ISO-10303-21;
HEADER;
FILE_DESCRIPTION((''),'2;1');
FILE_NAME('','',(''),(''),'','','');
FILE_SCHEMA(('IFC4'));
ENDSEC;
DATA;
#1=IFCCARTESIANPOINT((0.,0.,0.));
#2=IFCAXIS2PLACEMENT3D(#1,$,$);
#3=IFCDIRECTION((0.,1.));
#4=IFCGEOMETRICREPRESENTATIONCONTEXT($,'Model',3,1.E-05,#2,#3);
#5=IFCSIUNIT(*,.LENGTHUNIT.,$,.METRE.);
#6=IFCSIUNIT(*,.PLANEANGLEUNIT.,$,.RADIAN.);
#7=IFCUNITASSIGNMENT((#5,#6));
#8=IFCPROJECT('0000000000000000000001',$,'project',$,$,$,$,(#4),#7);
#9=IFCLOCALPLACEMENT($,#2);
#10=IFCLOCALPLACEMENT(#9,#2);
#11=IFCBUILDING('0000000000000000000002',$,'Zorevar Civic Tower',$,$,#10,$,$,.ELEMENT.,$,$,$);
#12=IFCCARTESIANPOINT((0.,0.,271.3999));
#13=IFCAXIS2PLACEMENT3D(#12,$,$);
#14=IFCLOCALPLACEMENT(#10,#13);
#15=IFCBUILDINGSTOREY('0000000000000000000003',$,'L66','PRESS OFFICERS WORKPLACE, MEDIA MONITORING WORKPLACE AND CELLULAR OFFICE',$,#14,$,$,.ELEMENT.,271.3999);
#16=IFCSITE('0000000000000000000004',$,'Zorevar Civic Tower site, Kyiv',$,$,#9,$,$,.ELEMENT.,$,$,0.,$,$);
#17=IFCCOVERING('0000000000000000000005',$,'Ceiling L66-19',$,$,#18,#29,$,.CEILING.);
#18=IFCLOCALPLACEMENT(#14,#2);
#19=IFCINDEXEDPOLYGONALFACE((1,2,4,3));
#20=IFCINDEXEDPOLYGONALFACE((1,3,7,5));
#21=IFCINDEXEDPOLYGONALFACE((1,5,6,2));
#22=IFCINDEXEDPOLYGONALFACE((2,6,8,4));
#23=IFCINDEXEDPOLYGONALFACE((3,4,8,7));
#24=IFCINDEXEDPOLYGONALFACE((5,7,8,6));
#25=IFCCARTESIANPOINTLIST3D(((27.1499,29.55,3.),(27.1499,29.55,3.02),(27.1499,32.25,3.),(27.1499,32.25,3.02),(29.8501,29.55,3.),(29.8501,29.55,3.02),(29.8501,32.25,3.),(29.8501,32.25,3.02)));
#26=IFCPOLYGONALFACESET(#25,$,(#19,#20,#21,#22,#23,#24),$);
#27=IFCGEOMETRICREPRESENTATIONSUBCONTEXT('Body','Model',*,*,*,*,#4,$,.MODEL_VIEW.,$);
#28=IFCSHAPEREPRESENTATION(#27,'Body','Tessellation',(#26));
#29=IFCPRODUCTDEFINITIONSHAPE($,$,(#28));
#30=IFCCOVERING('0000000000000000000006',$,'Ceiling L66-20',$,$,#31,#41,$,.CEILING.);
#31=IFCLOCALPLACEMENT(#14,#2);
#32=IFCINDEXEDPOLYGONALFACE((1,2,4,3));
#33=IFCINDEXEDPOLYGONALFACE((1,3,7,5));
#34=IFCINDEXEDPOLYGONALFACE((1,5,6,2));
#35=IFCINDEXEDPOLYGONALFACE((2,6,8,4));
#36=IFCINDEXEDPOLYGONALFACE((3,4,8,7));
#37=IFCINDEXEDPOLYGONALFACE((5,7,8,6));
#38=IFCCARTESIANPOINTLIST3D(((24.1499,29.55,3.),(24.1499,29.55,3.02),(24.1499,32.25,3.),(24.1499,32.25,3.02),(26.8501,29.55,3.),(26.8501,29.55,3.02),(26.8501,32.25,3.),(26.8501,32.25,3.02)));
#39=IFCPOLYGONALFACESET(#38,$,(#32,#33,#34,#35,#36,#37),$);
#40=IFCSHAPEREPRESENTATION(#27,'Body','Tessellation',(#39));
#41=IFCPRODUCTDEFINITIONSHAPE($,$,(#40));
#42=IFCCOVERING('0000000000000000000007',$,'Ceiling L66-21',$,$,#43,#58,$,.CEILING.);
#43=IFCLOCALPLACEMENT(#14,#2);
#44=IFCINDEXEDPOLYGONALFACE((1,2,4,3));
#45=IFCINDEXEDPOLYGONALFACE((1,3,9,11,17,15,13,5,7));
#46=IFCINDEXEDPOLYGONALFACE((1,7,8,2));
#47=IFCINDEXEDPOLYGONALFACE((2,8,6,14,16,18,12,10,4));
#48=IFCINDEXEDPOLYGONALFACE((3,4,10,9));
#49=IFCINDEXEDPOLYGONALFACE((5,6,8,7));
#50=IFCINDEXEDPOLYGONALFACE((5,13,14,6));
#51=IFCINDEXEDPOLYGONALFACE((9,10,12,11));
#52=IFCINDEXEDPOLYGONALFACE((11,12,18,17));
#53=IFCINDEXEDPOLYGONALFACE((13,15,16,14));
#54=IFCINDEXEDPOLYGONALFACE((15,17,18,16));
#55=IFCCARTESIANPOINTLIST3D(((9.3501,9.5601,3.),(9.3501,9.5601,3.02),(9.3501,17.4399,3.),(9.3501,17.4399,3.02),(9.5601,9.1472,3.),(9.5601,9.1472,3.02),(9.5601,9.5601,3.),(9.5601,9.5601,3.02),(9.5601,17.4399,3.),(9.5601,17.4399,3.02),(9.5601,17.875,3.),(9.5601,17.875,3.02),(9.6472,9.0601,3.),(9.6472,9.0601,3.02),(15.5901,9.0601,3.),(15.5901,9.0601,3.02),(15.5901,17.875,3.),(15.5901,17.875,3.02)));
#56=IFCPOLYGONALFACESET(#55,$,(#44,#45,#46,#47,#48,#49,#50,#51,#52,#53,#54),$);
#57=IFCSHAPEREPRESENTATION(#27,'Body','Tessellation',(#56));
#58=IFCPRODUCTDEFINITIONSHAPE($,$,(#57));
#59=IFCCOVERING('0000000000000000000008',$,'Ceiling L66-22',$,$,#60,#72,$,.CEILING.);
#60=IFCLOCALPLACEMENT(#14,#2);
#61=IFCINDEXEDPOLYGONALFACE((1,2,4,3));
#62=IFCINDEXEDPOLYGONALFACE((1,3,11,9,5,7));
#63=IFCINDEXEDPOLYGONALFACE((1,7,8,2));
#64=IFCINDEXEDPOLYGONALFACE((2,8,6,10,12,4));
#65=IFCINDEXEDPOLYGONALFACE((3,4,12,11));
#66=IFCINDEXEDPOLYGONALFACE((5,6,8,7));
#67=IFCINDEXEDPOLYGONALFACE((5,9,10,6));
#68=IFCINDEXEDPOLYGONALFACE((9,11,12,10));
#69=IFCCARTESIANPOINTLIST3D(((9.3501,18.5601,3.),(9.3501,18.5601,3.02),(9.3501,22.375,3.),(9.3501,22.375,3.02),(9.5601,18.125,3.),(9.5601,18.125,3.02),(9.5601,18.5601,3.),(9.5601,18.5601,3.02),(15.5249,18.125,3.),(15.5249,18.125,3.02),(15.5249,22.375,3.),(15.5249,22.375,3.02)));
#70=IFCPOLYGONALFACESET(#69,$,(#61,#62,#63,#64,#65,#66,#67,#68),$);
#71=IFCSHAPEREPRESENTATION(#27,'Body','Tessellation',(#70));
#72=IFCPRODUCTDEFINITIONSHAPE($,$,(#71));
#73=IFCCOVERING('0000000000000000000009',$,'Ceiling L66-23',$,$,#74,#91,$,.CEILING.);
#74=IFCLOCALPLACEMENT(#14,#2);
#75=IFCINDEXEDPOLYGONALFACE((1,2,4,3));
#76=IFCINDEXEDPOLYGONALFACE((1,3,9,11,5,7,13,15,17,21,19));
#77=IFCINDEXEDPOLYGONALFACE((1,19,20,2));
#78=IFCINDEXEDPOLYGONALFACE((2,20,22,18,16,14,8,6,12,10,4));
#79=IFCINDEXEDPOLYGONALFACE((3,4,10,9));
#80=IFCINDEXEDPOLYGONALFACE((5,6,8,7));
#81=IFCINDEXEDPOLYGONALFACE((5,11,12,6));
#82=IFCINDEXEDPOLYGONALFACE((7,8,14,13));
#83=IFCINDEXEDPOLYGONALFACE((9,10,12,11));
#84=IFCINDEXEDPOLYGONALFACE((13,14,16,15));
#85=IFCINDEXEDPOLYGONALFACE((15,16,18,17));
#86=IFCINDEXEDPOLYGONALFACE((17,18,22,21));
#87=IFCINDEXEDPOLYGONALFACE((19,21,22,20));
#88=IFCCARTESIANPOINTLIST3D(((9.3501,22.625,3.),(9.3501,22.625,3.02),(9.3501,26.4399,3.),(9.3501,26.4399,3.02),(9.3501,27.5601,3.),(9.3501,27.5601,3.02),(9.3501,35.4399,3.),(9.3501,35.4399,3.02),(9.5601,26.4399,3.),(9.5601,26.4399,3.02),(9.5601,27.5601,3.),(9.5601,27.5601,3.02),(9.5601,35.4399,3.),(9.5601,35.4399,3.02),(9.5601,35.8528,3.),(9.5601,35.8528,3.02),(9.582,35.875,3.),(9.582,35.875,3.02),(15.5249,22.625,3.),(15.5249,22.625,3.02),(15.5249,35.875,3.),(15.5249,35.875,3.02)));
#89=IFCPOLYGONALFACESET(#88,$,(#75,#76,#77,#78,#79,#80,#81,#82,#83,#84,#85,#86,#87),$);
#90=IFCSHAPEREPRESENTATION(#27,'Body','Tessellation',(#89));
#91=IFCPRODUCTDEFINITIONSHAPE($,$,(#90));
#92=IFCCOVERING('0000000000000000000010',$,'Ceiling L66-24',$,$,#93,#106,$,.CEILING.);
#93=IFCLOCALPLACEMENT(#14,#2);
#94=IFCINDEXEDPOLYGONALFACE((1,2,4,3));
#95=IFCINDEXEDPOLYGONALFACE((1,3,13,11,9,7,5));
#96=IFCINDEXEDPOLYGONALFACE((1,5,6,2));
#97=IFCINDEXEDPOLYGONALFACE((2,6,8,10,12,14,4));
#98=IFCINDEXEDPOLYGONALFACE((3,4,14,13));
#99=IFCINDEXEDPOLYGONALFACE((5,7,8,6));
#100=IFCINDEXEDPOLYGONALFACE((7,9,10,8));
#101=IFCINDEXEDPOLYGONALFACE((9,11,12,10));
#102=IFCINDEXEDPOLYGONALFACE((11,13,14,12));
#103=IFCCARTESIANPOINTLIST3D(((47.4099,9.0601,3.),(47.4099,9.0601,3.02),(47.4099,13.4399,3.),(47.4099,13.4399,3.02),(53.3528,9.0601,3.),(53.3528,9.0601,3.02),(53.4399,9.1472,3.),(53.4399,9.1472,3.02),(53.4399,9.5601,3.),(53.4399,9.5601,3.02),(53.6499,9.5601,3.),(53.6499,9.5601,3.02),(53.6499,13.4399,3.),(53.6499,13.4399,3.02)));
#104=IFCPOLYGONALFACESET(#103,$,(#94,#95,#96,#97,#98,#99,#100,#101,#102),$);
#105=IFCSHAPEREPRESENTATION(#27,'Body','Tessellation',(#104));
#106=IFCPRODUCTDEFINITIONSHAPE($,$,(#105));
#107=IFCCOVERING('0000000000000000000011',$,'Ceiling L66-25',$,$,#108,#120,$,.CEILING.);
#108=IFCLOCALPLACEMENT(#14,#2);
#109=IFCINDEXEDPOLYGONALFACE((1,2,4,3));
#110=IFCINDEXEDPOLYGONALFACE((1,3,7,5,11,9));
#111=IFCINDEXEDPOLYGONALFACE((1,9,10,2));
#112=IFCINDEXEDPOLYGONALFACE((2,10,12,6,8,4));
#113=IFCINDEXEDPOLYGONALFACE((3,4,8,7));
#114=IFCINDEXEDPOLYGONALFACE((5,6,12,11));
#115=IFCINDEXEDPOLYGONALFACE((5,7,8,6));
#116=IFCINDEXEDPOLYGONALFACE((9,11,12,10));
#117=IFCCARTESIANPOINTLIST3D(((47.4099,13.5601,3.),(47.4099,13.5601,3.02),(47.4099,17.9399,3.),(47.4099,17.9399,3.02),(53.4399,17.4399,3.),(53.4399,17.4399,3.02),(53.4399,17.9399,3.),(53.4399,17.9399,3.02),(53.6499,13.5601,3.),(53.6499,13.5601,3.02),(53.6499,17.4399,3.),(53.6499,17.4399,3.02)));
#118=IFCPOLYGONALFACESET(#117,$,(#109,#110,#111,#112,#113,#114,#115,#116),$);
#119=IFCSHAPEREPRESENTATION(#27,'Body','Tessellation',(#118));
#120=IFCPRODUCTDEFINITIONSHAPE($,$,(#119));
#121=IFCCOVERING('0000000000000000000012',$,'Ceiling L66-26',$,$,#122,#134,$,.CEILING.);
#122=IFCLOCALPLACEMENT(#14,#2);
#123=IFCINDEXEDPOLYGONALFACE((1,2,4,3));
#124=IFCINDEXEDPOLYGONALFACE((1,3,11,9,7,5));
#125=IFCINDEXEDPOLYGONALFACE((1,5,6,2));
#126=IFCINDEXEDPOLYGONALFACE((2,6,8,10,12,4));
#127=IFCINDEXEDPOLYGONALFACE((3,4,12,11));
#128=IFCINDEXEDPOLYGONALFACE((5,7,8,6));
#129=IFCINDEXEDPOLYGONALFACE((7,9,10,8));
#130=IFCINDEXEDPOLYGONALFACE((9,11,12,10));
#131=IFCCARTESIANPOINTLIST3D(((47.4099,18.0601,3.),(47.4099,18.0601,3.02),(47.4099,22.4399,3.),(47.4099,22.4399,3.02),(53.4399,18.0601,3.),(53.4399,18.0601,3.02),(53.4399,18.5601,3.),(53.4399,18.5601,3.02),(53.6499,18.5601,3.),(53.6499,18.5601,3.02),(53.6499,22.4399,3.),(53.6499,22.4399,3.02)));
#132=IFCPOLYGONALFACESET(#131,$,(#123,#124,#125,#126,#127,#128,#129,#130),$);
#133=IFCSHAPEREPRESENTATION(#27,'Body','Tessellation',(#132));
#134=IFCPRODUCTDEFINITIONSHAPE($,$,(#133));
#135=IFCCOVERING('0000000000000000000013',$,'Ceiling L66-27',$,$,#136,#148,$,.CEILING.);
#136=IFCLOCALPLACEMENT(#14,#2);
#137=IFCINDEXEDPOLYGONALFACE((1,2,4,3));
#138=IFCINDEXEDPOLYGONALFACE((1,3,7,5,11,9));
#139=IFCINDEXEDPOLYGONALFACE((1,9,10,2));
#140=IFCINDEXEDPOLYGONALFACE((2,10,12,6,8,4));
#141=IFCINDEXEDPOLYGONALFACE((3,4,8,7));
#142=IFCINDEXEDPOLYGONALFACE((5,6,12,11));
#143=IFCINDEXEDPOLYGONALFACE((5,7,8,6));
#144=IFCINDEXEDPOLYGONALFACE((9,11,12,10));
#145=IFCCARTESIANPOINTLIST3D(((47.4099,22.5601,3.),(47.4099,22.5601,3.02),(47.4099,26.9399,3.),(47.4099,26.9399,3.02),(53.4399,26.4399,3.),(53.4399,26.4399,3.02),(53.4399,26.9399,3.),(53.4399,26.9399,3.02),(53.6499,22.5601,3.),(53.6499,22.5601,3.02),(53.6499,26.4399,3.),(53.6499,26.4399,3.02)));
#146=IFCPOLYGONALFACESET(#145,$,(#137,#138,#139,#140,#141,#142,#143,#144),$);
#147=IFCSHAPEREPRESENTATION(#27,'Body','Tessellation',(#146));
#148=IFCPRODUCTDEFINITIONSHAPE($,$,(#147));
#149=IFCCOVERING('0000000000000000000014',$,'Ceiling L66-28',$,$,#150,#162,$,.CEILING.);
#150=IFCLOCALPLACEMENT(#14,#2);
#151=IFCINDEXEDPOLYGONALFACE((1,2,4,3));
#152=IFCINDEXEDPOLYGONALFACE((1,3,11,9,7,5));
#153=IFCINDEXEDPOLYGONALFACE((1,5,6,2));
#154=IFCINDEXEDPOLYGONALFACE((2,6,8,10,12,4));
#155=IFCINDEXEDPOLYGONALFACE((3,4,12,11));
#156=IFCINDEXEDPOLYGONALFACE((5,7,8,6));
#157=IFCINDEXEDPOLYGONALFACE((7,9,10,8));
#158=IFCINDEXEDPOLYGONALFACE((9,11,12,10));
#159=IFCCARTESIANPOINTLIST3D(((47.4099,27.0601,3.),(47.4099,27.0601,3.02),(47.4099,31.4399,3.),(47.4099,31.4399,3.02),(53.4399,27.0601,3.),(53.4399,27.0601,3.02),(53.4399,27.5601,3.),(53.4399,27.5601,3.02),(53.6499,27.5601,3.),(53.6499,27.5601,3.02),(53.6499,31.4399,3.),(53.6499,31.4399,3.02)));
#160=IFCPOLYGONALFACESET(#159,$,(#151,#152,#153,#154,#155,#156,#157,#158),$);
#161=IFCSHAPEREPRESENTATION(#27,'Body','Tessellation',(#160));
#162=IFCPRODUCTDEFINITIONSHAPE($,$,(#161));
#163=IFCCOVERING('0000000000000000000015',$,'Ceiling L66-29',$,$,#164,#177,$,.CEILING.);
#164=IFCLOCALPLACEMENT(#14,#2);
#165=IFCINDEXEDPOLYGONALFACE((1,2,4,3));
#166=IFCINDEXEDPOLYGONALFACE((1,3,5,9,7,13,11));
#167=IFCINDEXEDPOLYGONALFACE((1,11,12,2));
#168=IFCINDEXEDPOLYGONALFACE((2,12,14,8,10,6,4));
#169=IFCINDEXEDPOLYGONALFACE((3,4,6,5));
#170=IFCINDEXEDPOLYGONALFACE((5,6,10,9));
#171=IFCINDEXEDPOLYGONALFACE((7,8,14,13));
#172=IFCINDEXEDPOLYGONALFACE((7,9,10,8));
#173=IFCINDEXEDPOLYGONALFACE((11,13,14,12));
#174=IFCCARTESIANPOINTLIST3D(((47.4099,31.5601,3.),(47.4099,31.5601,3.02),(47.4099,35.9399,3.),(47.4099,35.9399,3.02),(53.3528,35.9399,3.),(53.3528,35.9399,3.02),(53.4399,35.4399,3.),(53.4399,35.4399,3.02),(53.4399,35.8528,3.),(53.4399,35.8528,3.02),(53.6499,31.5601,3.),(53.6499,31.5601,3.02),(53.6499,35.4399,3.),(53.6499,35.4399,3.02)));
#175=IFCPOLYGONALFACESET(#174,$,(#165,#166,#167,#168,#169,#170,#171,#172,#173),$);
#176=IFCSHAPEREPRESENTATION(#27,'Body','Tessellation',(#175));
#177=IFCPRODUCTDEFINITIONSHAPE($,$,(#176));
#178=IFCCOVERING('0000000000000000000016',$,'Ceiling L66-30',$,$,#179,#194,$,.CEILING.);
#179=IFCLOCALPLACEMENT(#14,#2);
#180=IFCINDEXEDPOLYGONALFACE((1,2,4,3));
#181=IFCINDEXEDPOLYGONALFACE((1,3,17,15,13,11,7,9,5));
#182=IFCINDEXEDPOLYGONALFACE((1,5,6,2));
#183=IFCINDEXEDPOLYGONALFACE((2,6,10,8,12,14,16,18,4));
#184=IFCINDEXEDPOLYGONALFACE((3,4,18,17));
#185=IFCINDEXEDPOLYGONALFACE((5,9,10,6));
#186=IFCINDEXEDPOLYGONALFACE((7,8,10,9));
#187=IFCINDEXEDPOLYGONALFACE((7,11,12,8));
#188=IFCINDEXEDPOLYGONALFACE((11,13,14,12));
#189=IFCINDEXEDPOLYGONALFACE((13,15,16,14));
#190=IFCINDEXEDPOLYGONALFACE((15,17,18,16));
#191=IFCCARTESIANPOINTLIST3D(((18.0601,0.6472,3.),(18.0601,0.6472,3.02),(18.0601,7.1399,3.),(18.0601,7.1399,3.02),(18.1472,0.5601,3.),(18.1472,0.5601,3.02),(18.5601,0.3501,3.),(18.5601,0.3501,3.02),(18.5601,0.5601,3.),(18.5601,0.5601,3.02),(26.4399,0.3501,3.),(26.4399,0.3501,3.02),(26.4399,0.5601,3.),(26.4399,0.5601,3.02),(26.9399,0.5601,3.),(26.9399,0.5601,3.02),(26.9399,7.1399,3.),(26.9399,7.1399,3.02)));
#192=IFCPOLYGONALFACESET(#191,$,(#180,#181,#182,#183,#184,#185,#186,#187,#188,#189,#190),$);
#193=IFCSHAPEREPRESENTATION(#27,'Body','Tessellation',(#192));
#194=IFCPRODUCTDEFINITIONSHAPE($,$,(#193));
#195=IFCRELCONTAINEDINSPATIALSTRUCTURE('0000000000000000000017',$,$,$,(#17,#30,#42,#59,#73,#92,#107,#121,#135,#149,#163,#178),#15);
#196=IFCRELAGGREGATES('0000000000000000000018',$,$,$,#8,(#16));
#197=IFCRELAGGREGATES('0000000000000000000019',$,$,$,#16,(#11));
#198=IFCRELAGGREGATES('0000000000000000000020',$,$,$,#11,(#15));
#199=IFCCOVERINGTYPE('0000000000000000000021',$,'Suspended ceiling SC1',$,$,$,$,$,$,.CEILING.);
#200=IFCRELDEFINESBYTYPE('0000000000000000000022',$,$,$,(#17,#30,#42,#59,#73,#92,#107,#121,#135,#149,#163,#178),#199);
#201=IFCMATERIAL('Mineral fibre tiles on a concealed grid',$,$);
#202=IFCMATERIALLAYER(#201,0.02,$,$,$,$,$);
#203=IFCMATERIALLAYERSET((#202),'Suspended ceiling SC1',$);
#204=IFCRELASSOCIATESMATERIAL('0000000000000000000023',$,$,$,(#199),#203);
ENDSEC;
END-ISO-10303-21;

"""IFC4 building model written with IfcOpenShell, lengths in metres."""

from ifc_helpers import new_model, si_unit, direction, frame, origin, place, context, subcontext, project, spatial, polyline, outline, extrude, material, layer, layer_set, type_object, element, save


model = new_model("IFC4")

# Units and contexts
model_context = context("Model", 3, precision=1e-05, world=origin(), true_north=direction((0.0, 1.0)))
body_context = subcontext(model_context, "Body", "Model", "MODEL_VIEW")
ifc_project = project(units=[si_unit("LENGTHUNIT", "METRE"), si_unit("PLANEANGLEUNIT", "RADIAN")], contexts=[model_context])

# Site, building, storey
site_placement = place(None, origin())
site = spatial("IfcSite", under=ifc_project, at=site_placement, Name="Zorevar Civic Tower site, Kyiv", CompositionType="ELEMENT", RefElevation=0.0)
building_placement = place(site_placement, origin())
building = spatial("IfcBuilding", under=site, at=building_placement, Name="Zorevar Civic Tower", CompositionType="ELEMENT")
storey_placement = place(building_placement, frame((0.0, 0.0, 271.3999)))
storey = spatial("IfcBuildingStorey", under=building, at=storey_placement, Name="L66", Description="PRESS OFFICERS WORKPLACE, MEDIA MONITORING WORKPLACE AND CELLULAR OFFICE", CompositionType="ELEMENT", Elevation=271.3999)

# Coverings
ifc_material_1 = material(Name="Mineral fibre tiles on a concealed grid")
ifc_layer_1 = layer(ifc_material_1, 0.02)
ifc_layer_set_1 = layer_set([ifc_layer_1], Name="Suspended ceiling SC1")
covering_type_1 = type_object("IfcCoveringType", Name="Suspended ceiling SC1", PredefinedType="CEILING", material=ifc_layer_set_1)
covering_1_placement = place(storey_placement, frame((0.0, 0.0, 3.0)))
element("IfcCovering", 1, at=covering_1_placement, inside=storey, type_object=covering_type_1, Name="Ceiling L66-19", PredefinedType="CEILING", context=body_context, shape_type="SweptSolid", body=[
    extrude(outline(polyline([(29.8501, 29.55), (29.8501, 32.25), (27.1499, 32.25), (27.1499, 29.55), (29.8501, 29.55)])), origin(), (0.0, 0.0, 1.0), 0.02),
])
covering_2_placement = place(storey_placement, frame((0.0, 0.0, 3.0)))
element("IfcCovering", 2, at=covering_2_placement, inside=storey, type_object=covering_type_1, Name="Ceiling L66-20", PredefinedType="CEILING", context=body_context, shape_type="SweptSolid", body=[
    extrude(outline(polyline([(26.8501, 29.55), (26.8501, 32.25), (24.1499, 32.25), (24.1499, 29.55), (26.8501, 29.55)])), origin(), (0.0, 0.0, 1.0), 0.02),
])
covering_3_placement = place(storey_placement, frame((0.0, 0.0, 3.0)))
element("IfcCovering", 3, at=covering_3_placement, inside=storey, type_object=covering_type_1, Name="Ceiling L66-21", PredefinedType="CEILING", context=body_context, shape_type="SweptSolid", body=[
    extrude(outline(polyline([(9.3501, 9.5601), (9.3501, 17.4399), (9.5601, 17.4399), (9.5601, 17.875), (15.5901, 17.875), (15.5901, 9.0601), (9.6472, 9.0601), (9.5601, 9.1472), (9.5601, 9.5601), (9.3501, 9.5601)])), origin(), (0.0, 0.0, 1.0), 0.02),
])
covering_4_placement = place(storey_placement, frame((0.0, 0.0, 3.0)))
element("IfcCovering", 4, at=covering_4_placement, inside=storey, type_object=covering_type_1, Name="Ceiling L66-22", PredefinedType="CEILING", context=body_context, shape_type="SweptSolid", body=[
    extrude(outline(polyline([(15.5249, 18.125), (9.5601, 18.125), (9.5601, 18.5601), (9.3501, 18.5601), (9.3501, 22.375), (15.5249, 22.375), (15.5249, 18.125)])), origin(), (0.0, 0.0, 1.0), 0.02),
])
covering_5_placement = place(storey_placement, frame((0.0, 0.0, 3.0)))
element("IfcCovering", 5, at=covering_5_placement, inside=storey, type_object=covering_type_1, Name="Ceiling L66-23", PredefinedType="CEILING", context=body_context, shape_type="SweptSolid", body=[
    extrude(outline(polyline([(9.5601, 26.4399), (9.5601, 27.5601), (9.3501, 27.5601), (9.3501, 35.4399), (9.5601, 35.4399), (9.5601, 35.8528), (9.582, 35.875), (15.5249, 35.875), (15.5249, 22.625), (9.3501, 22.625), (9.3501, 26.4399), (9.5601, 26.4399)])), origin(), (0.0, 0.0, 1.0), 0.02),
])
covering_6_placement = place(storey_placement, frame((0.0, 0.0, 3.0)))
element("IfcCovering", 6, at=covering_6_placement, inside=storey, type_object=covering_type_1, Name="Ceiling L66-24", PredefinedType="CEILING", context=body_context, shape_type="SweptSolid", body=[
    extrude(outline(polyline([(53.6499, 13.4399), (53.6499, 9.5601), (53.4399, 9.5601), (53.4399, 9.1472), (53.3528, 9.0601), (47.4099, 9.0601), (47.4099, 13.4399), (53.6499, 13.4399)])), origin(), (0.0, 0.0, 1.0), 0.02),
])
covering_7_placement = place(storey_placement, frame((0.0, 0.0, 3.0)))
element("IfcCovering", 7, at=covering_7_placement, inside=storey, type_object=covering_type_1, Name="Ceiling L66-25", PredefinedType="CEILING", context=body_context, shape_type="SweptSolid", body=[
    extrude(outline(polyline([(47.4099, 17.9399), (53.4399, 17.9399), (53.4399, 17.4399), (53.6499, 17.4399), (53.6499, 13.5601), (47.4099, 13.5601), (47.4099, 17.9399)])), origin(), (0.0, 0.0, 1.0), 0.02),
])
covering_8_placement = place(storey_placement, frame((0.0, 0.0, 3.0)))
element("IfcCovering", 8, at=covering_8_placement, inside=storey, type_object=covering_type_1, Name="Ceiling L66-26", PredefinedType="CEILING", context=body_context, shape_type="SweptSolid", body=[
    extrude(outline(polyline([(47.4099, 22.4399), (53.6499, 22.4399), (53.6499, 18.5601), (53.4399, 18.5601), (53.4399, 18.0601), (47.4099, 18.0601), (47.4099, 22.4399)])), origin(), (0.0, 0.0, 1.0), 0.02),
])
covering_9_placement = place(storey_placement, frame((0.0, 0.0, 3.0)))
element("IfcCovering", 9, at=covering_9_placement, inside=storey, type_object=covering_type_1, Name="Ceiling L66-27", PredefinedType="CEILING", context=body_context, shape_type="SweptSolid", body=[
    extrude(outline(polyline([(47.4099, 26.9399), (53.4399, 26.9399), (53.4399, 26.4399), (53.6499, 26.4399), (53.6499, 22.5601), (47.4099, 22.5601), (47.4099, 26.9399)])), origin(), (0.0, 0.0, 1.0), 0.02),
])
covering_10_placement = place(storey_placement, frame((0.0, 0.0, 3.0)))
element("IfcCovering", 10, at=covering_10_placement, inside=storey, type_object=covering_type_1, Name="Ceiling L66-28", PredefinedType="CEILING", context=body_context, shape_type="SweptSolid", body=[
    extrude(outline(polyline([(47.4099, 31.4399), (53.6499, 31.4399), (53.6499, 27.5601), (53.4399, 27.5601), (53.4399, 27.0601), (47.4099, 27.0601), (47.4099, 31.4399)])), origin(), (0.0, 0.0, 1.0), 0.02),
])
covering_11_placement = place(storey_placement, frame((0.0, 0.0, 3.0)))
element("IfcCovering", 11, at=covering_11_placement, inside=storey, type_object=covering_type_1, Name="Ceiling L66-29", PredefinedType="CEILING", context=body_context, shape_type="SweptSolid", body=[
    extrude(outline(polyline([(53.3528, 35.9399), (53.4399, 35.8528), (53.4399, 35.4399), (53.6499, 35.4399), (53.6499, 31.5601), (47.4099, 31.5601), (47.4099, 35.9399), (53.3528, 35.9399)])), origin(), (0.0, 0.0, 1.0), 0.02),
])
covering_12_placement = place(storey_placement, frame((0.0, 0.0, 3.0)))
element("IfcCovering", 12, at=covering_12_placement, inside=storey, type_object=covering_type_1, Name="Ceiling L66-30", PredefinedType="CEILING", context=body_context, shape_type="SweptSolid", body=[
    extrude(outline(polyline([(18.5601, 0.5601), (18.1472, 0.5601), (18.0601, 0.6472), (18.0601, 7.1399), (26.9399, 7.1399), (26.9399, 0.5601), (26.4399, 0.5601), (26.4399, 0.3501), (18.5601, 0.3501), (18.5601, 0.5601)])), origin(), (0.0, 0.0, 1.0), 0.02),
])

save(model, "model.ifc")
